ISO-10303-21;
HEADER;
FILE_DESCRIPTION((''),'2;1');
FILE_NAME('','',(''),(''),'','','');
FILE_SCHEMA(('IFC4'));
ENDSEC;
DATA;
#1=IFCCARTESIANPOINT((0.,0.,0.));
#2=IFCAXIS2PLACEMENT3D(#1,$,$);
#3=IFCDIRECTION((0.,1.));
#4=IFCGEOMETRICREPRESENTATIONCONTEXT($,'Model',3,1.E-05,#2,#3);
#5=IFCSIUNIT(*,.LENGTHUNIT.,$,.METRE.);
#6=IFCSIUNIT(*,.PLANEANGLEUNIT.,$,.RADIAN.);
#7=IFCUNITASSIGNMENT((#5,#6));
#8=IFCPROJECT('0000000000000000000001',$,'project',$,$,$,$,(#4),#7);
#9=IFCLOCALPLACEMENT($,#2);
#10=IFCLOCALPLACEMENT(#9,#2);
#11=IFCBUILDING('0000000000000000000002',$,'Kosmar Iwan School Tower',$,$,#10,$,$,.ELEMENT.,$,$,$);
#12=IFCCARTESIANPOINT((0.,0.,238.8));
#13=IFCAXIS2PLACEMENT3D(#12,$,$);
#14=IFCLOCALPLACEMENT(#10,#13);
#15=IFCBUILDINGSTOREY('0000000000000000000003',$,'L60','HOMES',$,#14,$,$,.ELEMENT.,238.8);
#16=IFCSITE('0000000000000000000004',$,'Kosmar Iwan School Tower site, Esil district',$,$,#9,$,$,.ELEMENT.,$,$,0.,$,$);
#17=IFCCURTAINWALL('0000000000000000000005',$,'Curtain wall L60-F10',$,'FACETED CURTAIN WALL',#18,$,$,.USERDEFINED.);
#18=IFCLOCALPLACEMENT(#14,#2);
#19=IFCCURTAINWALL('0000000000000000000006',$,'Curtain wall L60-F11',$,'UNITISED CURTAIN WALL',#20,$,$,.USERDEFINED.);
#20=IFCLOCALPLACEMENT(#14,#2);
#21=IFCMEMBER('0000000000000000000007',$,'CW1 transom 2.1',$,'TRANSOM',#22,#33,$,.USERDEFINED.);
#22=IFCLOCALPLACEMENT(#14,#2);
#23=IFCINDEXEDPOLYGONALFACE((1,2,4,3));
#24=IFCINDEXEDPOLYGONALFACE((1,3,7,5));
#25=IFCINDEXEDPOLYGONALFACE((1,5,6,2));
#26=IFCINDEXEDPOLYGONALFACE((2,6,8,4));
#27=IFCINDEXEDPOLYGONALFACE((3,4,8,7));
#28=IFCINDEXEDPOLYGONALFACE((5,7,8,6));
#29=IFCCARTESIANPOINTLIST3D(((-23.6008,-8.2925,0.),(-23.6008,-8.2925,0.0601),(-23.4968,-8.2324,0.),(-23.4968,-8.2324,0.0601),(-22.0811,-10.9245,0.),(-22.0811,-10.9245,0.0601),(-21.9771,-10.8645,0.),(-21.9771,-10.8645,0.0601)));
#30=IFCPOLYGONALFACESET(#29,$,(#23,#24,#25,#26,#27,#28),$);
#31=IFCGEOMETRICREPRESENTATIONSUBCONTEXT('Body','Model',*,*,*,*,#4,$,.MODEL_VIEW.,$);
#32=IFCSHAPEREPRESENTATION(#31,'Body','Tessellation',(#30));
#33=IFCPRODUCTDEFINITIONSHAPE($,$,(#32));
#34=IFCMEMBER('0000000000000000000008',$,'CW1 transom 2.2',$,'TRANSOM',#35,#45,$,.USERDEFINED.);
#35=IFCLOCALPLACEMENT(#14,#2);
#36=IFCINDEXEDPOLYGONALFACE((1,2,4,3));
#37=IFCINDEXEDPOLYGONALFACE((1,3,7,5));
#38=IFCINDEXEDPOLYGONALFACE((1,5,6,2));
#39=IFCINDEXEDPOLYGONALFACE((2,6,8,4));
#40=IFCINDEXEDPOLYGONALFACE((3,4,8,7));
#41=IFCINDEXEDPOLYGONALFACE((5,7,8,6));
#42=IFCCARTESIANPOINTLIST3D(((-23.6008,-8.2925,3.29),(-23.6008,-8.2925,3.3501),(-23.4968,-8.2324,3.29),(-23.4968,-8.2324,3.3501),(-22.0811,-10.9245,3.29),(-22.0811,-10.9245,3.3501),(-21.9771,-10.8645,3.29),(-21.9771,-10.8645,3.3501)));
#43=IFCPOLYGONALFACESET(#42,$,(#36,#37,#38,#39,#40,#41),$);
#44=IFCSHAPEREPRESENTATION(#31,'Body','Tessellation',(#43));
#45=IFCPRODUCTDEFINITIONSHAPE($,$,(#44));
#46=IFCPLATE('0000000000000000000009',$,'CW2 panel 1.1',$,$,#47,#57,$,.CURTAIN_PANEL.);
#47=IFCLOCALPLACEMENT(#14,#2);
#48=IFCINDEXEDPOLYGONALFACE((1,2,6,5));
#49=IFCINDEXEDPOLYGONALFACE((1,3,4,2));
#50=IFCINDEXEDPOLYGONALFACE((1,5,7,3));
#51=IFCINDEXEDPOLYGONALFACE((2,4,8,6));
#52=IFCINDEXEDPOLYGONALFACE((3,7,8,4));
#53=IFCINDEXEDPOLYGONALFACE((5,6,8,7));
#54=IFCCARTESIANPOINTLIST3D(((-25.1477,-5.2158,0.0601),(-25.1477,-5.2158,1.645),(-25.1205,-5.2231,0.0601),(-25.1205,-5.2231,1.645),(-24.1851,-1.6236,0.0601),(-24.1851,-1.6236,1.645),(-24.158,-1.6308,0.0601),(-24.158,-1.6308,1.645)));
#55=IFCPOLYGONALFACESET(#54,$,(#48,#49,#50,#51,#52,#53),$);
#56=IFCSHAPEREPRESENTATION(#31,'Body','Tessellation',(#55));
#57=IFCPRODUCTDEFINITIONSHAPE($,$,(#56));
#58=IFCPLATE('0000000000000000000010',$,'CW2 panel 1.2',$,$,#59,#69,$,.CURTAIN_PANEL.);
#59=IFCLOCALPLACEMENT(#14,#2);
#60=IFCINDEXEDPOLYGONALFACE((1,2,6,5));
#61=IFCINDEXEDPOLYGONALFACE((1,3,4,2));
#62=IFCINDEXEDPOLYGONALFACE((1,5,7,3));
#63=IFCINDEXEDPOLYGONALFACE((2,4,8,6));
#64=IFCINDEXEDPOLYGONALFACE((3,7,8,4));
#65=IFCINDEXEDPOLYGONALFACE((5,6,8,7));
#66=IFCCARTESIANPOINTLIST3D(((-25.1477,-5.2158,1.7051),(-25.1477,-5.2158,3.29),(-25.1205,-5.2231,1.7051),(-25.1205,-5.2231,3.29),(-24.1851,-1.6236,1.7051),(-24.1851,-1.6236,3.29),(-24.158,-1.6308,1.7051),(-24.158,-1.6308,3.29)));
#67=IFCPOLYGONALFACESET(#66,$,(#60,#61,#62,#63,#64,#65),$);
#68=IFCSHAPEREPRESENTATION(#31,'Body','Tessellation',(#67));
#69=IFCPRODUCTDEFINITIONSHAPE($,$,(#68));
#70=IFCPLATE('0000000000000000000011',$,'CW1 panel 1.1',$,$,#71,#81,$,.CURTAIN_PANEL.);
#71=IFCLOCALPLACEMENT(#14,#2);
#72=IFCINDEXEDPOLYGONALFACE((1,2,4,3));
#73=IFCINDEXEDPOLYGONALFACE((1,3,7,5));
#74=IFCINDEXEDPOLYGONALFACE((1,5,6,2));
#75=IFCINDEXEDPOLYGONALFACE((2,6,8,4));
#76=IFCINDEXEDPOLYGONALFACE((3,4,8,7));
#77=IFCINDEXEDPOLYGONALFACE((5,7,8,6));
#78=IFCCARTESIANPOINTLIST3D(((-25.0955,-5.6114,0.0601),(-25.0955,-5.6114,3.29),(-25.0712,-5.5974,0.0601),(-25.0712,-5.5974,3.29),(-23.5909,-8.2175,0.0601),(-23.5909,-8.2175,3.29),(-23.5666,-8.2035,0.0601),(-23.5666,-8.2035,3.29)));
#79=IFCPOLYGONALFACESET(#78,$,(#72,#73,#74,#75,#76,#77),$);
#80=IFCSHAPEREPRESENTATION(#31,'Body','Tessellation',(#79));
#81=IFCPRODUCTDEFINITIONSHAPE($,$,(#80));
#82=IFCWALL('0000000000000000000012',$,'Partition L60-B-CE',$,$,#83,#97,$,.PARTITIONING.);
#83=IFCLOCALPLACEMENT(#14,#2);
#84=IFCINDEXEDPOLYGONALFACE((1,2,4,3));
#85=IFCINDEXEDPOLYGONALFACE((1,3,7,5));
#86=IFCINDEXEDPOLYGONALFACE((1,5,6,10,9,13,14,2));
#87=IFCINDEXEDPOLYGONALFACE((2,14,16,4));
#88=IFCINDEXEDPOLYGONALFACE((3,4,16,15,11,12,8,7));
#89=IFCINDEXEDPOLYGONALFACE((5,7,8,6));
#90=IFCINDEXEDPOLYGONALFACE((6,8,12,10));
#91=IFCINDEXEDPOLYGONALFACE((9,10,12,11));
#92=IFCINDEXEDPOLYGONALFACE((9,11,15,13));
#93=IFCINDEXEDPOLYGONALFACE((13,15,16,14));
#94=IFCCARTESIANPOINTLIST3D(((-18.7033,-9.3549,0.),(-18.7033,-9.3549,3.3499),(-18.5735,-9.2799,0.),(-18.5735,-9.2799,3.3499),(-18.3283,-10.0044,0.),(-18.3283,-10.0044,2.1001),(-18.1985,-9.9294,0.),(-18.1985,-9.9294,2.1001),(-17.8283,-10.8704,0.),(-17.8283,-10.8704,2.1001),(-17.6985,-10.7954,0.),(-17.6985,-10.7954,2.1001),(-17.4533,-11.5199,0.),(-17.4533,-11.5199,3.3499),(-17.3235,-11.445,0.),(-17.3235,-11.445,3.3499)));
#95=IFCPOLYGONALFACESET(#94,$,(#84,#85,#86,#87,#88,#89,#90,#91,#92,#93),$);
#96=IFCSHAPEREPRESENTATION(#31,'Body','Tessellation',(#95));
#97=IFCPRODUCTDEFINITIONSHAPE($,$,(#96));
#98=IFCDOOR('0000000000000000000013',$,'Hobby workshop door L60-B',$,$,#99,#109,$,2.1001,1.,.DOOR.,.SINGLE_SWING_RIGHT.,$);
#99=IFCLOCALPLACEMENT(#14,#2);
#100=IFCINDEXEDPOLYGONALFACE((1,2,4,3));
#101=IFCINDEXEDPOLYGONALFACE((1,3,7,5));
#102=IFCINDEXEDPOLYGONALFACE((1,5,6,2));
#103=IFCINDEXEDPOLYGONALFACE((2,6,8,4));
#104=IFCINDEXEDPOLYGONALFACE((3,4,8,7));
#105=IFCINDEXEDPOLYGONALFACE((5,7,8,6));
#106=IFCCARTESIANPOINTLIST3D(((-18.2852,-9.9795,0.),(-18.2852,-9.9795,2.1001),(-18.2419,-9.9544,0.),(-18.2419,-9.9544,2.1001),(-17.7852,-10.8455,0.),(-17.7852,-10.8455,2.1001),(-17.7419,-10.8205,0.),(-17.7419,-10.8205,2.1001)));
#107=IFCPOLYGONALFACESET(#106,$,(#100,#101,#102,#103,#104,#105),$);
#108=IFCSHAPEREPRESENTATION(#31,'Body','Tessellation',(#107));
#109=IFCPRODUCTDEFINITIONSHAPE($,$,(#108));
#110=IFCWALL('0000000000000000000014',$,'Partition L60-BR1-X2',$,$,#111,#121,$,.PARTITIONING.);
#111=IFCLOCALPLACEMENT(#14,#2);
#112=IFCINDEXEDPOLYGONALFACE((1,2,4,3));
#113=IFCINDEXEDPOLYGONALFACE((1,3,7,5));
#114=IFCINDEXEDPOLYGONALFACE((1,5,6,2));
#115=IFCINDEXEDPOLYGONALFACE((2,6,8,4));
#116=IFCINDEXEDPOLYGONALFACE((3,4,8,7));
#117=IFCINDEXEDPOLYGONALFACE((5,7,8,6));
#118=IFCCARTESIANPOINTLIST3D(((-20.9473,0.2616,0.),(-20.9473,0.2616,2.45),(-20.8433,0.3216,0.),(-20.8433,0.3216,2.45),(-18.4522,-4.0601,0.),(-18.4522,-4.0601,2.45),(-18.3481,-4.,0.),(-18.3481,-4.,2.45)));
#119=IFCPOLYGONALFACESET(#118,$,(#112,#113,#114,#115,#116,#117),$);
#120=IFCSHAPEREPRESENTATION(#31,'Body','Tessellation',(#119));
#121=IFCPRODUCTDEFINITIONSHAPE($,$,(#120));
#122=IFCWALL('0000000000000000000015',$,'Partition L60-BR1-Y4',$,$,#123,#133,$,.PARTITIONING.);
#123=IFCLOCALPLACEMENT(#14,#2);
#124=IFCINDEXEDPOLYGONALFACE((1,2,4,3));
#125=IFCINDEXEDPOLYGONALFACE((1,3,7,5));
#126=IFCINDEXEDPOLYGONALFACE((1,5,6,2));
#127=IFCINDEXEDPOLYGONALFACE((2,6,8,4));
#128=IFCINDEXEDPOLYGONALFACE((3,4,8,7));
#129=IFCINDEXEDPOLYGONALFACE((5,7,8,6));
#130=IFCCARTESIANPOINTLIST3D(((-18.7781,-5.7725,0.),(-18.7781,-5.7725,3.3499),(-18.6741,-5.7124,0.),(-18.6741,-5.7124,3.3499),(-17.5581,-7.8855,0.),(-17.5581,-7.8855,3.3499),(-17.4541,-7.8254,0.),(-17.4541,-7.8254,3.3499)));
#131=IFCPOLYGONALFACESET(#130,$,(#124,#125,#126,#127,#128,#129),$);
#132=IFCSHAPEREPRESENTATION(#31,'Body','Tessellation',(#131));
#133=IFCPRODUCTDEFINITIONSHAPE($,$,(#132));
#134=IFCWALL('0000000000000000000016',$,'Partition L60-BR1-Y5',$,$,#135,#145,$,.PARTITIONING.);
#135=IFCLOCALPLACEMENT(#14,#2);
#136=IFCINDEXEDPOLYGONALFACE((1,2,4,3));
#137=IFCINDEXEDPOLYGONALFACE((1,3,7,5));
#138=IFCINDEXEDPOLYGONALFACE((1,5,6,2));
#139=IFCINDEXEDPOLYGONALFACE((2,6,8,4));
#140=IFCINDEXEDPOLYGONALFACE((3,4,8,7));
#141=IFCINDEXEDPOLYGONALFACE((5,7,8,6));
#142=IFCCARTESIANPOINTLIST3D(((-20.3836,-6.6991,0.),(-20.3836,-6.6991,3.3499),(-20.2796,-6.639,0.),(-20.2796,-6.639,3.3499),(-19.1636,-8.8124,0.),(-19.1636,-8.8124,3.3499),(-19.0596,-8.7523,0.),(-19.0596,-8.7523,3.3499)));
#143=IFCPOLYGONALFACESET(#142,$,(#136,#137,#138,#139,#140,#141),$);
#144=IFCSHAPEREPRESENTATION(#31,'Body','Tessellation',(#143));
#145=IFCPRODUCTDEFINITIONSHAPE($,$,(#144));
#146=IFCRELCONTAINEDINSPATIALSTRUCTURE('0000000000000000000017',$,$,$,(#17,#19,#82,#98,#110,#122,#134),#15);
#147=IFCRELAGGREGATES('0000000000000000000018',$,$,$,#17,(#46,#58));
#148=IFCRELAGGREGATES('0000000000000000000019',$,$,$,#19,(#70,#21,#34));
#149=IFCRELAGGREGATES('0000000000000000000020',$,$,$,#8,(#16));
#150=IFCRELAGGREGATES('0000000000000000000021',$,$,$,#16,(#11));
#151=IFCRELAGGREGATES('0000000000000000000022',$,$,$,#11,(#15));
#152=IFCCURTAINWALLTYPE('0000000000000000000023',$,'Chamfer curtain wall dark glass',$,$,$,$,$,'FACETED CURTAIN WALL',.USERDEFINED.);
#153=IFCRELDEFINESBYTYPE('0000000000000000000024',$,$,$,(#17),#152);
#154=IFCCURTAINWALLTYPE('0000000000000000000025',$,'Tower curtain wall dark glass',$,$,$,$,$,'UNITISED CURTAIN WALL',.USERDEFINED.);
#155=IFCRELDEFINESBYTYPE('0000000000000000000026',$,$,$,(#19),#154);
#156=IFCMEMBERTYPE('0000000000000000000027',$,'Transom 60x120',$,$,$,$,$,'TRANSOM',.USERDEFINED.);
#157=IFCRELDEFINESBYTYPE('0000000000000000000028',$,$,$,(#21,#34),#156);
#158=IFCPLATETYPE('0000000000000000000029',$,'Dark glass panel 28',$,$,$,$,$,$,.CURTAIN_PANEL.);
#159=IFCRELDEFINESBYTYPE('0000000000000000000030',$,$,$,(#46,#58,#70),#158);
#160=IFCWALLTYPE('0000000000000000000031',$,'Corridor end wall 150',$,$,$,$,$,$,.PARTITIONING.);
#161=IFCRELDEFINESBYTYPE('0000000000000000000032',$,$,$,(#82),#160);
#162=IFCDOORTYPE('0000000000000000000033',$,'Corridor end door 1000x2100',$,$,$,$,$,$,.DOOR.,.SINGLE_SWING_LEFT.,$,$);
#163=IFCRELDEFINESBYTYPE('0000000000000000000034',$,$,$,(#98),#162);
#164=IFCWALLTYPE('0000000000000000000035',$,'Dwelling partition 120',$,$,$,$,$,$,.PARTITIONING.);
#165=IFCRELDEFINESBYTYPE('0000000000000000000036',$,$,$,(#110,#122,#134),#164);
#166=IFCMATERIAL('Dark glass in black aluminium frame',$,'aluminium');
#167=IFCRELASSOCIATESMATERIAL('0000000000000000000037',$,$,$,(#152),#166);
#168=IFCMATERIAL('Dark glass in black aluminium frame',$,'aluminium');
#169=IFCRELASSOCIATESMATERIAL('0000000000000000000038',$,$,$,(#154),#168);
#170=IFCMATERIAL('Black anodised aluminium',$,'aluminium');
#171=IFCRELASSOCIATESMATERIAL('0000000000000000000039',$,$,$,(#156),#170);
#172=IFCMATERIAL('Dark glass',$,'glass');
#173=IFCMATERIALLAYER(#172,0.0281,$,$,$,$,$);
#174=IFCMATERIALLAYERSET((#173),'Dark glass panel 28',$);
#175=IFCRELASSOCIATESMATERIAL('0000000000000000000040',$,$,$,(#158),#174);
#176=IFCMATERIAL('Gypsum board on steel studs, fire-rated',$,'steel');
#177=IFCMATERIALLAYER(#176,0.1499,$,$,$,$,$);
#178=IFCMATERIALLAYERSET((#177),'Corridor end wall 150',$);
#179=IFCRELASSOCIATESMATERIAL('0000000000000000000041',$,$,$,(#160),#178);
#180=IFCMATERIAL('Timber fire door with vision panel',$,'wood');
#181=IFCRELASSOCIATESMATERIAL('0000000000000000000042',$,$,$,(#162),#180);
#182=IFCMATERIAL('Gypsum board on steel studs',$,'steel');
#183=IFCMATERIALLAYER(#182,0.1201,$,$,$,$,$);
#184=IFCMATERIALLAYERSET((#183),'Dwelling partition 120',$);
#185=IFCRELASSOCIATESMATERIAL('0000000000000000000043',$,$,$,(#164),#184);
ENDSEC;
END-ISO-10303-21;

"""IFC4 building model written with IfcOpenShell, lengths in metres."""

from ifc_helpers import new_model, si_unit, direction, frame, frame_2d, origin, origin_2d, place, context, subcontext, project, spatial, rectangle, extrude, material, layer, layer_set, material_profile, profile_set, type_object, element, fill, aggregate, save


model = new_model("IFC4")

# Units and contexts
model_context = context("Model", 3, precision=1e-05, world=origin(), true_north=direction((0.0, 1.0)))
body_context = subcontext(model_context, "Body", "Model", "MODEL_VIEW")
ifc_project = project(units=[si_unit("LENGTHUNIT", "METRE"), si_unit("PLANEANGLEUNIT", "RADIAN")], contexts=[model_context])

# Site, building, storey
site_placement = place(None, origin())
site = spatial("IfcSite", under=ifc_project, at=site_placement, Name="Kosmar Iwan School Tower site, Esil district", CompositionType="ELEMENT", RefElevation=0.0)
building_placement = place(site_placement, origin())
building = spatial("IfcBuilding", under=site, at=building_placement, Name="Kosmar Iwan School Tower", CompositionType="ELEMENT")
storey_placement = place(building_placement, frame((0.0, 0.0, 238.8)))
storey = spatial("IfcBuildingStorey", under=building, at=storey_placement, Name="L60", Description="HOMES", CompositionType="ELEMENT", Elevation=238.8)

# Curtain walls
ifc_material_1 = material(Name="Dark glass in black aluminium frame", Category="aluminium")
curtain_wall_type_1 = type_object("IfcCurtainWallType", Name="Chamfer curtain wall dark glass", ElementType="FACETED CURTAIN WALL", PredefinedType="USERDEFINED", material=ifc_material_1)
curtain_wall_1_placement = place(storey_placement, origin())
curtain_wall_1 = element("IfcCurtainWall", 1, at=curtain_wall_1_placement, inside=storey, type_object=curtain_wall_type_1, Name="Curtain wall L60-F10", ObjectType="FACETED CURTAIN WALL", PredefinedType="USERDEFINED")
ifc_material_2 = material(Name="Dark glass in black aluminium frame", Category="aluminium")
curtain_wall_type_2 = type_object("IfcCurtainWallType", Name="Tower curtain wall dark glass", ElementType="UNITISED CURTAIN WALL", PredefinedType="USERDEFINED", material=ifc_material_2)
curtain_wall_2_placement = place(storey_placement, origin())
curtain_wall_2 = element("IfcCurtainWall", 2, at=curtain_wall_2_placement, inside=storey, type_object=curtain_wall_type_2, Name="Curtain wall L60-F11", ObjectType="UNITISED CURTAIN WALL", PredefinedType="USERDEFINED")

# Members
ifc_material_3 = material(Name="Black anodised aluminium", Category="aluminium")
ifc_material_profile_1 = material_profile(ifc_material_3, rectangle(XDim=0.1201, YDim=0.0601, at=origin_2d()), Name="TRANSOM 60x120")
ifc_profile_set_1 = profile_set([ifc_material_profile_1], Name="Black anodised aluminium")
member_type_1 = type_object("IfcMemberType", Name="Transom 60x120", ElementType="TRANSOM", PredefinedType="USERDEFINED", material=ifc_profile_set_1)
member_1_placement = place(storey_placement, frame((-23.5488, -8.2625, 0.03), z_axis=(0.500035, -0.866005, 0.0), x_axis=(0.866005, 0.500035, 0.0)))
member_1 = element("IfcMember", 3, at=member_1_placement, type_object=member_type_1, Name="CW1 transom 2.1", ObjectType="TRANSOM", PredefinedType="USERDEFINED", context=body_context, shape_type="SweptSolid", body=[
    extrude(rectangle(XDim=0.1201, YDim=0.0601, at=origin_2d()), origin(), (0.0, 0.0, 1.0), 3.0393),
])
member_2_placement = place(storey_placement, frame((-23.5488, -8.2625, 3.3201), z_axis=(0.500035, -0.866005, 0.0), x_axis=(0.866005, 0.500035, 0.0)))
member_2 = element("IfcMember", 4, at=member_2_placement, type_object=member_type_1, Name="CW1 transom 2.2", ObjectType="TRANSOM", PredefinedType="USERDEFINED", context=body_context, shape_type="SweptSolid", body=[
    extrude(rectangle(XDim=0.1201, YDim=0.0601, at=origin_2d()), origin(), (0.0, 0.0, 1.0), 3.0393),
])

# Plates
ifc_material_4 = material(Name="Dark glass", Category="glass")
ifc_layer_1 = layer(ifc_material_4, 0.0281)
ifc_layer_set_1 = layer_set([ifc_layer_1], Name="Dark glass panel 28")
plate_type = type_object("IfcPlateType", Name="Dark glass panel 28", PredefinedType="CURTAIN_PANEL", material=ifc_layer_set_1)
plate_1_placement = place(storey_placement, frame((-24.6528, -3.4233, 0.0601), z_axis=(0.0, 0.0, 1.0), x_axis=(-0.258819, -0.965926, 0.0)))
plate_1 = element("IfcPlate", 5, at=plate_1_placement, type_object=plate_type, Name="CW2 panel 1.1", PredefinedType="CURTAIN_PANEL", context=body_context, shape_type="SweptSolid", body=[
    extrude(rectangle(XDim=3.719, YDim=0.0281, at=origin_2d()), origin(), (0.0, 0.0, 1.0), 1.585),
])
plate_2_placement = place(storey_placement, frame((-24.6528, -3.4233, 1.7051), z_axis=(0.0, 0.0, 1.0), x_axis=(-0.258819, -0.965926, 0.0)))
plate_2 = element("IfcPlate", 6, at=plate_2_placement, type_object=plate_type, Name="CW2 panel 1.2", PredefinedType="CURTAIN_PANEL", context=body_context, shape_type="SweptSolid", body=[
    extrude(rectangle(XDim=3.719, YDim=0.0281, at=origin_2d()), origin(), (0.0, 0.0, 1.0), 1.585),
])
aggregate(curtain_wall_1, [plate_1, plate_2])
plate_3_placement = place(storey_placement, frame((-24.3311, -6.9075, 0.0601), z_axis=(0.0, 0.0, 1.0), x_axis=(0.5, -0.866025, 0.0)))
plate_3 = element("IfcPlate", 7, at=plate_3_placement, type_object=plate_type, Name="CW1 panel 1.1", PredefinedType="CURTAIN_PANEL", context=body_context, shape_type="SweptSolid", body=[
    extrude(rectangle(XDim=3.0093, YDim=0.0281, at=origin_2d()), origin(), (0.0, 0.0, 1.0), 3.23),
])
aggregate(curtain_wall_2, [plate_3, member_1, member_2])

# Wall, opening, door
ifc_material_5 = material(Name="Gypsum board on steel studs, fire-rated", Category="steel")
ifc_layer_2 = layer(ifc_material_5, 0.1499)
ifc_layer_set_2 = layer_set([ifc_layer_2], Name="Corridor end wall 150")
wall_type_1 = type_object("IfcWallType", Name="Corridor end wall 150", PredefinedType="PARTITIONING", material=ifc_layer_set_2)
wall_1_placement = place(storey_placement, frame((-18.6384, -9.3174, 0.0), z_axis=(0.0, 0.0, 1.0), x_axis=(0.500004, -0.866023, 0.0)))
wall_1 = element("IfcWall", 8, at=wall_1_placement, inside=storey, type_object=wall_type_1, Name="Partition L60-B-CE", PredefinedType="PARTITIONING", context=body_context, shape_type="SweptSolid", body=[
    extrude(rectangle(XDim=2.5, YDim=0.1499, at=frame_2d((1.25, 0.0))), origin(), (0.0, 0.0, 1.0), 3.3499),
])
opening_placement = place(wall_1_placement, frame((0.75, 0.0, 0.0)))
opening = element("IfcOpeningElement", 9, at=opening_placement, cuts=wall_1, PredefinedType="OPENING", context=body_context, shape_type="SweptSolid", body=[
    extrude(rectangle(XDim=1.0, YDim=2.1001, at=frame_2d((0.5, 1.05))), frame((0.0, 0.0869, 0.0), z_axis=(0.0, -1.0, 0.0), x_axis=(1.0, 0.0, 0.0)), (0.0, 0.0, 1.0), 0.1738),
])
ifc_material_6 = material(Name="Timber fire door with vision panel", Category="wood")
door_type = type_object("IfcDoorType", Name="Corridor end door 1000x2100", OperationType="SINGLE_SWING_LEFT", PredefinedType="DOOR", material=ifc_material_6)
door_placement = place(opening_placement, origin())
door = element("IfcDoor", 10, at=door_placement, inside=storey, type_object=door_type, Name="Hobby workshop door L60-B", OperationType="SINGLE_SWING_RIGHT", OverallHeight=2.1001, OverallWidth=1.0, PredefinedType="DOOR", context=body_context, shape_type="SweptSolid", body=[
    extrude(rectangle(XDim=1.0, YDim=2.1001, at=frame_2d((0.5, 1.05))), frame((0.0, 0.0249, 0.0), z_axis=(0.0, -1.0, 0.0), x_axis=(1.0, 0.0, 0.0)), (0.0, 0.0, 1.0), 0.05),
])
fill(opening, door)

# Walls
ifc_material_7 = material(Name="Gypsum board on steel studs", Category="steel")
ifc_layer_3 = layer(ifc_material_7, 0.1201)
ifc_layer_set_3 = layer_set([ifc_layer_3], Name="Dwelling partition 120")
wall_type_2 = type_object("IfcWallType", Name="Dwelling partition 120", PredefinedType="PARTITIONING", material=ifc_layer_set_3)
wall_2_placement = place(storey_placement, frame((-18.4001, -4.03, 0.0), z_axis=(0.0, 0.0, 1.0), x_axis=(-0.500012, 0.866019, 0.0)))
element("IfcWall", 11, at=wall_2_placement, inside=storey, type_object=wall_type_2, Name="Partition L60-BR1-X2", PredefinedType="PARTITIONING", context=body_context, shape_type="SweptSolid", body=[
    extrude(rectangle(XDim=4.9902, YDim=0.1201, at=frame_2d((2.4951, 0.0))), origin(), (0.0, 0.0, 1.0), 2.45),
])
wall_3_placement = place(storey_placement, frame((-17.5061, -7.8555, 0.0), z_axis=(0.0, 0.0, 1.0), x_axis=(-0.500003, 0.866024, 0.0)))
element("IfcWall", 12, at=wall_3_placement, inside=storey, type_object=wall_type_2, Name="Partition L60-BR1-Y4", PredefinedType="PARTITIONING", context=body_context, shape_type="SweptSolid", body=[
    extrude(rectangle(XDim=2.4399, YDim=0.1201, at=frame_2d((1.22, 0.0))), origin(), (0.0, 0.0, 1.0), 3.3499),
])
wall_4_placement = place(storey_placement, frame((-19.1116, -8.7825, 0.0), z_axis=(0.0, 0.0, 1.0), x_axis=(-0.499959, 0.866049, 0.0)))
element("IfcWall", 13, at=wall_4_placement, inside=storey, type_object=wall_type_2, Name="Partition L60-BR1-Y5", PredefinedType="PARTITIONING", context=body_context, shape_type="SweptSolid", body=[
    extrude(rectangle(XDim=2.4402, YDim=0.1201, at=frame_2d((1.2202, 0.0))), origin(), (0.0, 0.0, 1.0), 3.3499),
])

save(model, "model.ifc")
